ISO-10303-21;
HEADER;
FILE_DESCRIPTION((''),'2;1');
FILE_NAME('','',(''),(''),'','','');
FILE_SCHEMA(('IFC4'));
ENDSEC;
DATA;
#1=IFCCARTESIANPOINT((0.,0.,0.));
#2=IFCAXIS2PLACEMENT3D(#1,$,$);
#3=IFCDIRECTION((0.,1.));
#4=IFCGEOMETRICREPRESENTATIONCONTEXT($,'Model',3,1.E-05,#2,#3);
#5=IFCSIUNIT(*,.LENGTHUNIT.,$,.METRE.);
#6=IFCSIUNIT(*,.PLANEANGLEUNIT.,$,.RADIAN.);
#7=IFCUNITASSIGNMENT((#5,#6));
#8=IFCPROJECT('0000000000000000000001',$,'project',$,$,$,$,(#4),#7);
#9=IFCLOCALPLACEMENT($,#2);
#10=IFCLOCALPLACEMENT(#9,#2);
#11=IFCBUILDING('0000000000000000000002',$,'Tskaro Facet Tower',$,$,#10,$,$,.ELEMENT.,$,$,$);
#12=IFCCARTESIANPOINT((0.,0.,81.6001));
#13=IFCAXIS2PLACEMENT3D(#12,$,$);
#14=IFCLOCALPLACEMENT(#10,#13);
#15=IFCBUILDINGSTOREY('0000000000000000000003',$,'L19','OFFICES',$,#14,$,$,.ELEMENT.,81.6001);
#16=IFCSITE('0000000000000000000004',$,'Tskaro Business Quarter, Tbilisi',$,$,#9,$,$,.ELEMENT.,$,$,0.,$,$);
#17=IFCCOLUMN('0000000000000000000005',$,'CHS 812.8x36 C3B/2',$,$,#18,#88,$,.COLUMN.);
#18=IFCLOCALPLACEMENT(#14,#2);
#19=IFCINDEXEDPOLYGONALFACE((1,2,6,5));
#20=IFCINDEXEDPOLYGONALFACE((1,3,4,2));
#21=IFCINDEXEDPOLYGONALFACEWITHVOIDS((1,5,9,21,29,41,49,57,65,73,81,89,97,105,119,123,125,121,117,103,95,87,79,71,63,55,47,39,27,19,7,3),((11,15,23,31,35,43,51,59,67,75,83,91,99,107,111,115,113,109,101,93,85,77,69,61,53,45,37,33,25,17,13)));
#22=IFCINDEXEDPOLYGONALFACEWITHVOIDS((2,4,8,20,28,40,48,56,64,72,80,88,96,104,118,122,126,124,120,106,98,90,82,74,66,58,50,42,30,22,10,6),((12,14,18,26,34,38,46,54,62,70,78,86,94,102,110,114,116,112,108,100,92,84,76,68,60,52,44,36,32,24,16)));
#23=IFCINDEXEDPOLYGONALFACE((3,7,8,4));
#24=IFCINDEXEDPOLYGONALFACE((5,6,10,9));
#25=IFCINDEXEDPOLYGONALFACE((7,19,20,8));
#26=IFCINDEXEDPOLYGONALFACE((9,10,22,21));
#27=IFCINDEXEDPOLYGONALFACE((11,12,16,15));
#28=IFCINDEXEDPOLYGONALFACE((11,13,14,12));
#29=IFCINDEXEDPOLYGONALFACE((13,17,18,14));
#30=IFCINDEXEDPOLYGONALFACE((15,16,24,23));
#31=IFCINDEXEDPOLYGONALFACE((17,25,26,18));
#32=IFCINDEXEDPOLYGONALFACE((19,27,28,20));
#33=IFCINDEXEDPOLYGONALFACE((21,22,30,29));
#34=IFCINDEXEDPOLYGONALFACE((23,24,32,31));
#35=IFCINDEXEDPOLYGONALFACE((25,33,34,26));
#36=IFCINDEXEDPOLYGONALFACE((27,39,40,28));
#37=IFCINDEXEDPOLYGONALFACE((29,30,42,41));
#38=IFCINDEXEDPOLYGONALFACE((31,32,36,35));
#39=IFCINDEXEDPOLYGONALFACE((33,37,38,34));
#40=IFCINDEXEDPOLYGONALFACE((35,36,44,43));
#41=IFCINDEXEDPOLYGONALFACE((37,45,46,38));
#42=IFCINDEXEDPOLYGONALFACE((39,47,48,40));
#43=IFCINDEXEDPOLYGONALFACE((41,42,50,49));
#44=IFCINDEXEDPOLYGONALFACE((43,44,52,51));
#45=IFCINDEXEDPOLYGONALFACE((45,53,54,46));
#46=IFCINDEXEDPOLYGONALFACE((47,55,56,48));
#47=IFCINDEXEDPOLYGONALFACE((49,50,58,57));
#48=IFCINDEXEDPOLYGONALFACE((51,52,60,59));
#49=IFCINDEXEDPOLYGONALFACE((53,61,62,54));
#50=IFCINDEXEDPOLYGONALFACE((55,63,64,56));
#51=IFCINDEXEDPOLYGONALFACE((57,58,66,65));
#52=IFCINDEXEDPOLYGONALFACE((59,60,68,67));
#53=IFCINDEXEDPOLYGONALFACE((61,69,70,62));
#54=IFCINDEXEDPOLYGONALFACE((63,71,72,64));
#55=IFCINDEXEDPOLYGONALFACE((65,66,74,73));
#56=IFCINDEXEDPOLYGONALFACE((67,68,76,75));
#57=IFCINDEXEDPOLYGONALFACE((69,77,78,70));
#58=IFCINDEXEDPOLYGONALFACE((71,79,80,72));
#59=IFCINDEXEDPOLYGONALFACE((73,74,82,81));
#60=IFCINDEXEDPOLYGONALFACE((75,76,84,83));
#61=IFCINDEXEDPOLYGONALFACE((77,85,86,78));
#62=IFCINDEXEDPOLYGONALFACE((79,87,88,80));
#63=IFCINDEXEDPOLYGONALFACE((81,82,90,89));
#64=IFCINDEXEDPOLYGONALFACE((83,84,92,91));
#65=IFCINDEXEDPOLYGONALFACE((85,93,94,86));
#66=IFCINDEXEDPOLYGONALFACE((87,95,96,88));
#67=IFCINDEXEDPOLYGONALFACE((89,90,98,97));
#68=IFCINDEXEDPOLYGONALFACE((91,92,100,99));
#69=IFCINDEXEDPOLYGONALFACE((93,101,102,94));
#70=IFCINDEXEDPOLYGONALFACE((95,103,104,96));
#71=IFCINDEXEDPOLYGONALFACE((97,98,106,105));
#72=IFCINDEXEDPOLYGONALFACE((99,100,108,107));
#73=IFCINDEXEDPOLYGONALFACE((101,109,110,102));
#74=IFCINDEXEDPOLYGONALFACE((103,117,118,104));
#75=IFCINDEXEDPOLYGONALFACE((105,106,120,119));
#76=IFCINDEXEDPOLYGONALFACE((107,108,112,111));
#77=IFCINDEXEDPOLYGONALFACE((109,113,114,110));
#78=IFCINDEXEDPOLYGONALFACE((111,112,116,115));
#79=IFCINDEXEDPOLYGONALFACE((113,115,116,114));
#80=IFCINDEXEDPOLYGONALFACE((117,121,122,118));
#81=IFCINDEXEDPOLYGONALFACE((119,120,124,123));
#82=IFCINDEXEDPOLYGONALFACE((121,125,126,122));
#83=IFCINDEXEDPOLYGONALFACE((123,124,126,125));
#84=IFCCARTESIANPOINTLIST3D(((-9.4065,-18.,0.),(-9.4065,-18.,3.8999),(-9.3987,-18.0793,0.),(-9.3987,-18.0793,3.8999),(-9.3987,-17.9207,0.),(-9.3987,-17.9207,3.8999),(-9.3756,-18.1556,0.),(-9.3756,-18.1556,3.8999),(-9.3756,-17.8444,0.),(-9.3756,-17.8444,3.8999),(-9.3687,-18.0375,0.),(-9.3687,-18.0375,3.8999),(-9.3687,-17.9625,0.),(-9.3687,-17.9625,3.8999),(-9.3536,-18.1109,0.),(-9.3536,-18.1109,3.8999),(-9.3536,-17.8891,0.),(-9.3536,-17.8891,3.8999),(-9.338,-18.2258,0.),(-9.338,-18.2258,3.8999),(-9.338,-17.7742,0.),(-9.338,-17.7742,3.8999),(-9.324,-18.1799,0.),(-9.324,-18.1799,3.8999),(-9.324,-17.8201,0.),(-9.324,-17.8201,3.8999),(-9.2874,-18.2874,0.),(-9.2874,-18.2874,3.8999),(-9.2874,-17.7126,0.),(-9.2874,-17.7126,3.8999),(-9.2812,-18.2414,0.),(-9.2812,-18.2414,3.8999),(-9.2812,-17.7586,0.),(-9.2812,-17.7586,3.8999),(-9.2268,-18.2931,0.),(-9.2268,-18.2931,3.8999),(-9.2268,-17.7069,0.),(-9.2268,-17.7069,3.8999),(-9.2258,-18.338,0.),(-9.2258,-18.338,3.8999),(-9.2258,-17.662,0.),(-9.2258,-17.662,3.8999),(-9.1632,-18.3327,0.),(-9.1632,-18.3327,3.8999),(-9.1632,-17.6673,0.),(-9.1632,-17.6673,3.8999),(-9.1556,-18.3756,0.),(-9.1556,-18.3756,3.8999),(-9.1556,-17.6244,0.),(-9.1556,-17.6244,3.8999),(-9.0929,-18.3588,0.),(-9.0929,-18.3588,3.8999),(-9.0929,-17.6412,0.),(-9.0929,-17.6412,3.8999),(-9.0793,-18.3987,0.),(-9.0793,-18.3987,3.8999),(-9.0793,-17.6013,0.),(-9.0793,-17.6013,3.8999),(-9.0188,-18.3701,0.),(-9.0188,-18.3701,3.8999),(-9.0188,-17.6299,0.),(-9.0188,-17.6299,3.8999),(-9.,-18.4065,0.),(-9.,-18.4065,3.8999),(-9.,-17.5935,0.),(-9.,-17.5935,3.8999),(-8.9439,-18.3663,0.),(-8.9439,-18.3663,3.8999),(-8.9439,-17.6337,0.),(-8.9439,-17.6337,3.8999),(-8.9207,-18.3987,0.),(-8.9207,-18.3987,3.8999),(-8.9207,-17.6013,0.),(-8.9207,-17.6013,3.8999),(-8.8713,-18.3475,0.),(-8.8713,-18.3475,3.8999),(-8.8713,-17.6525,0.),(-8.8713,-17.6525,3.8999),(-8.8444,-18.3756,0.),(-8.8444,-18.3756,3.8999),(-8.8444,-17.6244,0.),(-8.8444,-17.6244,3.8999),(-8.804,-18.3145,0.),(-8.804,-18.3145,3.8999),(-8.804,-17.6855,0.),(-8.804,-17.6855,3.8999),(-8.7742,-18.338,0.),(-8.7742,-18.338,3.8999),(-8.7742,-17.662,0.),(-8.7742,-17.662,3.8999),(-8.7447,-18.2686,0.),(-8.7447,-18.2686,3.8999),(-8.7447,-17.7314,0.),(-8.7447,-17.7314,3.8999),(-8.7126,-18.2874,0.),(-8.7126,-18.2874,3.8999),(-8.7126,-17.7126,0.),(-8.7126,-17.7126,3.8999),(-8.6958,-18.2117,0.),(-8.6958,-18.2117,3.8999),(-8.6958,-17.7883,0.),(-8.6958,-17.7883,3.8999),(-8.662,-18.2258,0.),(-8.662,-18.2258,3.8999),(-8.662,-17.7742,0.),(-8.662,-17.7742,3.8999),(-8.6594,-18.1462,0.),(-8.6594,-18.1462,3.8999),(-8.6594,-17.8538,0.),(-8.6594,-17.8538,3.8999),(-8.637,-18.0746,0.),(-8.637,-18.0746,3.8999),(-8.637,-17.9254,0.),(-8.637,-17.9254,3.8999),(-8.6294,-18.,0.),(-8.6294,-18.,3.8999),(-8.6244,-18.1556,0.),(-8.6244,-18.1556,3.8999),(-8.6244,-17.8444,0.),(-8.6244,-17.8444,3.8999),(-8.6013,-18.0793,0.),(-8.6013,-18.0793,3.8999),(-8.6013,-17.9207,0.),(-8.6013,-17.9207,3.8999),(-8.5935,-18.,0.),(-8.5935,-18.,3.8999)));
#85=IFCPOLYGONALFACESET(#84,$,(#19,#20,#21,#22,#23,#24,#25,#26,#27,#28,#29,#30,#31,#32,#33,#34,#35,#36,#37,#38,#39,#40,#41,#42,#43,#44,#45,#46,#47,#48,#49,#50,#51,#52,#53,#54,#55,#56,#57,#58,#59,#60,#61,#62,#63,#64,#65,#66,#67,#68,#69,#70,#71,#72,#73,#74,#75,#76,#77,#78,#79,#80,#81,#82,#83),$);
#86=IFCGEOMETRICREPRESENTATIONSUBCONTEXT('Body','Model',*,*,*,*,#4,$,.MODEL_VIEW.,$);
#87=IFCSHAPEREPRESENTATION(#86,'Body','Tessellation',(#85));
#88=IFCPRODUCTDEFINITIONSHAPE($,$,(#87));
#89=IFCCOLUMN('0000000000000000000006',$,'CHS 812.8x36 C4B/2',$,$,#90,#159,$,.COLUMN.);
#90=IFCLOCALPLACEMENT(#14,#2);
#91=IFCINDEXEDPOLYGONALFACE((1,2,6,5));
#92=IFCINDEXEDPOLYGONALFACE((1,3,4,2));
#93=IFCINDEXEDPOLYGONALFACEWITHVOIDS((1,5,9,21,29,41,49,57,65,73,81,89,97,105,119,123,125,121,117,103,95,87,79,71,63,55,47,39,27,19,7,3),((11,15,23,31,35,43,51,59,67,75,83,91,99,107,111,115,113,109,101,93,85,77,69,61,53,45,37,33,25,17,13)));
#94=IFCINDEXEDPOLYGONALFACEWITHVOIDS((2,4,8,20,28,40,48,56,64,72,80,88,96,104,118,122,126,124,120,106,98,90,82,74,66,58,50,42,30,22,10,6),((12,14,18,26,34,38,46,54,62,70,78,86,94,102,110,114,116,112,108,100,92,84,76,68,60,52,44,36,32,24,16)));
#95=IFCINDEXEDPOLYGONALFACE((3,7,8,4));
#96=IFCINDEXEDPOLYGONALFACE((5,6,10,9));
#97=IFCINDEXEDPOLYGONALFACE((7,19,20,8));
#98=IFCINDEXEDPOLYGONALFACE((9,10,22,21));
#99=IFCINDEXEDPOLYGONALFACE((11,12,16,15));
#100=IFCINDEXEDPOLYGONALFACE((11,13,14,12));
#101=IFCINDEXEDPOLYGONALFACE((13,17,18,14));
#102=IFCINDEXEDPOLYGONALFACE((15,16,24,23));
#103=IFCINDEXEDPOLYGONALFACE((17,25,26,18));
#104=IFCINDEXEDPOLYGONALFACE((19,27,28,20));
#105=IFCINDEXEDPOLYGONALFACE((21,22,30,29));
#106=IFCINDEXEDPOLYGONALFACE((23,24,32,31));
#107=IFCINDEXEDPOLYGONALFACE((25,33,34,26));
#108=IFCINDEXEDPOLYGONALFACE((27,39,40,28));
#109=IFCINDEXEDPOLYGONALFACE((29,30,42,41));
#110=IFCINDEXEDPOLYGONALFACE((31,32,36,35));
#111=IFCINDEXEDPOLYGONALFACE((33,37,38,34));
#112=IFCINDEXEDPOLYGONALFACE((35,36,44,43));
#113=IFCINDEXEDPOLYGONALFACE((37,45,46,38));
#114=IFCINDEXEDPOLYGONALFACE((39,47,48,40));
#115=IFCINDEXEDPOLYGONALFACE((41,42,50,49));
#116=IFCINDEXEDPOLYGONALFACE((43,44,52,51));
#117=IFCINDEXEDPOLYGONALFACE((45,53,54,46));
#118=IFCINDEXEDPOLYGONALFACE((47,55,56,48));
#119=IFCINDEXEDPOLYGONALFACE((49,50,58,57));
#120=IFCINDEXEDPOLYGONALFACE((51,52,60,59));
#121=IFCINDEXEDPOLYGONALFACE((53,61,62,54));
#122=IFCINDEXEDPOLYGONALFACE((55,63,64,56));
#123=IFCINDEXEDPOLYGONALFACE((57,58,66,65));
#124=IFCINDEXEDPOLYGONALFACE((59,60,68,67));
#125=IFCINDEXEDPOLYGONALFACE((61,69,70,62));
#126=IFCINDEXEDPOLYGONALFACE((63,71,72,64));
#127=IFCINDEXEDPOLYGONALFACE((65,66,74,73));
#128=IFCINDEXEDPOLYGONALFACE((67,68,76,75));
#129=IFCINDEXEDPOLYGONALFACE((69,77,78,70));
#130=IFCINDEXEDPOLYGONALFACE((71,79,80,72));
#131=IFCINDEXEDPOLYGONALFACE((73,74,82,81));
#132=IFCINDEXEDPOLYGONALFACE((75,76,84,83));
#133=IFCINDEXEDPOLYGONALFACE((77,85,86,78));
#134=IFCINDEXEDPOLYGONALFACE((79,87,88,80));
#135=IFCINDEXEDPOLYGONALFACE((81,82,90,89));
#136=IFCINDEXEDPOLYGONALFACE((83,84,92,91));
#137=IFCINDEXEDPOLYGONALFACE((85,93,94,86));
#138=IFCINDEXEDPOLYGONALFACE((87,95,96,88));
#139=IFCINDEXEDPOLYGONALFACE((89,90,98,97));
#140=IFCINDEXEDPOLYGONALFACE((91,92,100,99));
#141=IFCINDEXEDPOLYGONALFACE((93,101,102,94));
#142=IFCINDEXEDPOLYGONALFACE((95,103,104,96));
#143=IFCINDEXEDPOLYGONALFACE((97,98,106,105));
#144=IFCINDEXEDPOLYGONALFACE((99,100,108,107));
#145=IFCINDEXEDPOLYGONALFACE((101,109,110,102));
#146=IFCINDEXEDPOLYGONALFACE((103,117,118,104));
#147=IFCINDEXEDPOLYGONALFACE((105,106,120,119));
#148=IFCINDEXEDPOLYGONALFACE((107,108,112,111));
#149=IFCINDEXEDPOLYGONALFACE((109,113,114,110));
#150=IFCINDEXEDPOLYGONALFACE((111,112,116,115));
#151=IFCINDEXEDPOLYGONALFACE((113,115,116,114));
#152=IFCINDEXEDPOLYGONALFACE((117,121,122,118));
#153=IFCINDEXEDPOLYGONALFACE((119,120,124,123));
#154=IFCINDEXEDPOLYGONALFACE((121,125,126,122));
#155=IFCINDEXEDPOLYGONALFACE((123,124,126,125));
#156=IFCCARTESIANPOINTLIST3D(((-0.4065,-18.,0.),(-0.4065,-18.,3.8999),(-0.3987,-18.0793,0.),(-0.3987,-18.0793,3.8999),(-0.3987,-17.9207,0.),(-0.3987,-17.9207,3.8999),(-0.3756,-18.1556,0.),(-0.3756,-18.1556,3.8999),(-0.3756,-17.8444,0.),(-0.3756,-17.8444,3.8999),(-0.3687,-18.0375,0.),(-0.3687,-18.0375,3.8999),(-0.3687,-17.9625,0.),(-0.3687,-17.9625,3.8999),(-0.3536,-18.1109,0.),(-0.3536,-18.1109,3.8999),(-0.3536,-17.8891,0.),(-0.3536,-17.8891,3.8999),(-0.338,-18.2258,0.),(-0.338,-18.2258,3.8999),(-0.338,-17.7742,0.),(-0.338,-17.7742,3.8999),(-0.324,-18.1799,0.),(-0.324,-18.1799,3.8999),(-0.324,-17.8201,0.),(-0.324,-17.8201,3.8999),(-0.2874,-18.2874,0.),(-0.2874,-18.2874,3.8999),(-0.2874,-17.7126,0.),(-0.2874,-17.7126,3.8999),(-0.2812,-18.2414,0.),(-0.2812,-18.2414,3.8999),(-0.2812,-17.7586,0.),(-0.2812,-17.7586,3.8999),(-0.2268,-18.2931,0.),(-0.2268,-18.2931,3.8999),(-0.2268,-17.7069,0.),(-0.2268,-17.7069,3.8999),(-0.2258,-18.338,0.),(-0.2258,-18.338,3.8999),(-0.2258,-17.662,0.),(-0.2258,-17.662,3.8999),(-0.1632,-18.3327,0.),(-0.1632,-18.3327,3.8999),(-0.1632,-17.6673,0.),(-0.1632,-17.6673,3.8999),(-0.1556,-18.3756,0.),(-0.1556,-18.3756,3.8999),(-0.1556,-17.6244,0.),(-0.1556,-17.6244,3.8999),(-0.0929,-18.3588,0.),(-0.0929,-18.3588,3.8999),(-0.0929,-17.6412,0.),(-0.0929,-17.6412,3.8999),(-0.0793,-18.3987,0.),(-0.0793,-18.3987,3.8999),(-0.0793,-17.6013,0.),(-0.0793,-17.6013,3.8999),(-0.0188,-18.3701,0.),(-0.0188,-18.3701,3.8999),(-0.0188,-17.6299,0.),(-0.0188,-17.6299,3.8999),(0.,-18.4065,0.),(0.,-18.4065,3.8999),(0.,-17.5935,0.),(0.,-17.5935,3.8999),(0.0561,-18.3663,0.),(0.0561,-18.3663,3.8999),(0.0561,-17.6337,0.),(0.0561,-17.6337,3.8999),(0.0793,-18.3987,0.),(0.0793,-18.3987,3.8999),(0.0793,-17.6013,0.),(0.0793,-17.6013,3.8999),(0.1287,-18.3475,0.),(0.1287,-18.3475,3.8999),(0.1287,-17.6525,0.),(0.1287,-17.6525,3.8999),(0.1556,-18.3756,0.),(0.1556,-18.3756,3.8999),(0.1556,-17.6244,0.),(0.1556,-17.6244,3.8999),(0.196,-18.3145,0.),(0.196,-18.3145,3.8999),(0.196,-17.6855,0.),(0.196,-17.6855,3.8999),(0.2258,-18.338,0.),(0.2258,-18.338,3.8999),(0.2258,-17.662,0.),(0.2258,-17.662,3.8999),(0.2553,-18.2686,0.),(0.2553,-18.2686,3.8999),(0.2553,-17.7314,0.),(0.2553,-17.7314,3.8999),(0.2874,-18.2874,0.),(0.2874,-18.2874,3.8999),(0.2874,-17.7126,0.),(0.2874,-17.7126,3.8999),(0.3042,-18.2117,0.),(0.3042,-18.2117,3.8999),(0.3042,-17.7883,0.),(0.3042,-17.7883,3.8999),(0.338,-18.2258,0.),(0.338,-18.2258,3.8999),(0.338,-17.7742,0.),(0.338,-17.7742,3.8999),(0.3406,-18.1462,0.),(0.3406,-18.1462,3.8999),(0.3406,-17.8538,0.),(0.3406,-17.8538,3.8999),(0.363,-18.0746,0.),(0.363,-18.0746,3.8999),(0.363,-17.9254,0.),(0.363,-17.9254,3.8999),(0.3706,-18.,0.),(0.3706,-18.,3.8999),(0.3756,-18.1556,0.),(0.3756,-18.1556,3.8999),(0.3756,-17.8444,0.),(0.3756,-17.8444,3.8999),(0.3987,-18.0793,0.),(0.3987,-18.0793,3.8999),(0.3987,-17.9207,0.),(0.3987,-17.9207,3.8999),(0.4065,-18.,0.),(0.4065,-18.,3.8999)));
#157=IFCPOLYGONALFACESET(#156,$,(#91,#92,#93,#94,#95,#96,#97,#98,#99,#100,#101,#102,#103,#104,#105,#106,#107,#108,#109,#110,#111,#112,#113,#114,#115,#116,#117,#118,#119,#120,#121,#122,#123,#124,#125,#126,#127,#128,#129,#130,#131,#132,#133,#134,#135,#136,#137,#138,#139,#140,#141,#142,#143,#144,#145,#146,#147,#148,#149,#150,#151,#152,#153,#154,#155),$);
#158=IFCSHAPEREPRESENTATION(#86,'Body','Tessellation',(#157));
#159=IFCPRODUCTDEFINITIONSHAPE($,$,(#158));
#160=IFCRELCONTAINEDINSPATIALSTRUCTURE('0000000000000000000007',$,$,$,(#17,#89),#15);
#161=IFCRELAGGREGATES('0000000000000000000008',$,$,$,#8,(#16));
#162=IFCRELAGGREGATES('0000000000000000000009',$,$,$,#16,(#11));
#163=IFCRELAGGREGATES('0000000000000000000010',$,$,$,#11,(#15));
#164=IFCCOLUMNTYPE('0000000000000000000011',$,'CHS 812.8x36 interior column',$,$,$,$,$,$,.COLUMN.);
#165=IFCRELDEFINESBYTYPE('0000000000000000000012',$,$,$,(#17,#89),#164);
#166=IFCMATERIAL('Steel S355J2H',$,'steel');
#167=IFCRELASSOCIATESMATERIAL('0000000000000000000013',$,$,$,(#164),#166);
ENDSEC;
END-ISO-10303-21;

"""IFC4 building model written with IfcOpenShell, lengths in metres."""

from ifc_helpers import new_model, si_unit, direction, frame, origin, origin_2d, place, context, subcontext, project, spatial, hollow_circle, extrude, material, material_profile, profile_set, type_object, element, save


model = new_model("IFC4")

# Units and contexts
model_context = context("Model", 3, precision=1e-05, world=origin(), true_north=direction((0.0, 1.0)))
body_context = subcontext(model_context, "Body", "Model", "MODEL_VIEW")
ifc_project = project(units=[si_unit("LENGTHUNIT", "METRE"), si_unit("PLANEANGLEUNIT", "RADIAN")], contexts=[model_context])

# Site, building, storey
site_placement = place(None, origin())
site = spatial("IfcSite", under=ifc_project, at=site_placement, Name="Tskaro Business Quarter, Tbilisi", CompositionType="ELEMENT", RefElevation=0.0)
building_placement = place(site_placement, origin())
building = spatial("IfcBuilding", under=site, at=building_placement, Name="Tskaro Facet Tower", CompositionType="ELEMENT")
storey_placement = place(building_placement, frame((0.0, 0.0, 81.6001)))
storey = spatial("IfcBuildingStorey", under=building, at=storey_placement, Name="L19", Description="OFFICES", CompositionType="ELEMENT", Elevation=81.6001)

# Columns
ifc_material_1 = material(Name="Steel S355J2H", Category="steel")
ifc_material_profile_1 = material_profile(ifc_material_1, hollow_circle(Radius=0.4065, WallThickness=0.0359, at=origin_2d()), Name="CHS 812.8x36")
ifc_profile_set_1 = profile_set([ifc_material_profile_1], Name="Steel S355J2H")
column_type_1 = type_object("IfcColumnType", Name="CHS 812.8x36 interior column", PredefinedType="COLUMN", material=ifc_profile_set_1)
for number, where, z_axis, x_axis, name in (
    (1, (-9.0, -18.0, 0.0), (0.0, 0.0, 1.0), (1.0, 0.0, 0.0), "CHS 812.8x36 C3B/2"),
    (2, (0.0, -18.0, 0.0), (0.0, 0.0, 1.0), (1.0, 0.0, 0.0), "CHS 812.8x36 C4B/2"),
):
    element("IfcColumn", number, at=place(storey_placement, frame(where, z_axis=z_axis, x_axis=x_axis)), inside=storey, type_object=column_type_1, Name=name, PredefinedType="COLUMN", context=body_context, shape_type="SweptSolid", body=[
        extrude(hollow_circle(Radius=0.4065, WallThickness=0.0359, at=origin_2d()), origin(), (0.0, 0.0, 1.0), 3.8999),
    ])

save(model, "model.ifc")
